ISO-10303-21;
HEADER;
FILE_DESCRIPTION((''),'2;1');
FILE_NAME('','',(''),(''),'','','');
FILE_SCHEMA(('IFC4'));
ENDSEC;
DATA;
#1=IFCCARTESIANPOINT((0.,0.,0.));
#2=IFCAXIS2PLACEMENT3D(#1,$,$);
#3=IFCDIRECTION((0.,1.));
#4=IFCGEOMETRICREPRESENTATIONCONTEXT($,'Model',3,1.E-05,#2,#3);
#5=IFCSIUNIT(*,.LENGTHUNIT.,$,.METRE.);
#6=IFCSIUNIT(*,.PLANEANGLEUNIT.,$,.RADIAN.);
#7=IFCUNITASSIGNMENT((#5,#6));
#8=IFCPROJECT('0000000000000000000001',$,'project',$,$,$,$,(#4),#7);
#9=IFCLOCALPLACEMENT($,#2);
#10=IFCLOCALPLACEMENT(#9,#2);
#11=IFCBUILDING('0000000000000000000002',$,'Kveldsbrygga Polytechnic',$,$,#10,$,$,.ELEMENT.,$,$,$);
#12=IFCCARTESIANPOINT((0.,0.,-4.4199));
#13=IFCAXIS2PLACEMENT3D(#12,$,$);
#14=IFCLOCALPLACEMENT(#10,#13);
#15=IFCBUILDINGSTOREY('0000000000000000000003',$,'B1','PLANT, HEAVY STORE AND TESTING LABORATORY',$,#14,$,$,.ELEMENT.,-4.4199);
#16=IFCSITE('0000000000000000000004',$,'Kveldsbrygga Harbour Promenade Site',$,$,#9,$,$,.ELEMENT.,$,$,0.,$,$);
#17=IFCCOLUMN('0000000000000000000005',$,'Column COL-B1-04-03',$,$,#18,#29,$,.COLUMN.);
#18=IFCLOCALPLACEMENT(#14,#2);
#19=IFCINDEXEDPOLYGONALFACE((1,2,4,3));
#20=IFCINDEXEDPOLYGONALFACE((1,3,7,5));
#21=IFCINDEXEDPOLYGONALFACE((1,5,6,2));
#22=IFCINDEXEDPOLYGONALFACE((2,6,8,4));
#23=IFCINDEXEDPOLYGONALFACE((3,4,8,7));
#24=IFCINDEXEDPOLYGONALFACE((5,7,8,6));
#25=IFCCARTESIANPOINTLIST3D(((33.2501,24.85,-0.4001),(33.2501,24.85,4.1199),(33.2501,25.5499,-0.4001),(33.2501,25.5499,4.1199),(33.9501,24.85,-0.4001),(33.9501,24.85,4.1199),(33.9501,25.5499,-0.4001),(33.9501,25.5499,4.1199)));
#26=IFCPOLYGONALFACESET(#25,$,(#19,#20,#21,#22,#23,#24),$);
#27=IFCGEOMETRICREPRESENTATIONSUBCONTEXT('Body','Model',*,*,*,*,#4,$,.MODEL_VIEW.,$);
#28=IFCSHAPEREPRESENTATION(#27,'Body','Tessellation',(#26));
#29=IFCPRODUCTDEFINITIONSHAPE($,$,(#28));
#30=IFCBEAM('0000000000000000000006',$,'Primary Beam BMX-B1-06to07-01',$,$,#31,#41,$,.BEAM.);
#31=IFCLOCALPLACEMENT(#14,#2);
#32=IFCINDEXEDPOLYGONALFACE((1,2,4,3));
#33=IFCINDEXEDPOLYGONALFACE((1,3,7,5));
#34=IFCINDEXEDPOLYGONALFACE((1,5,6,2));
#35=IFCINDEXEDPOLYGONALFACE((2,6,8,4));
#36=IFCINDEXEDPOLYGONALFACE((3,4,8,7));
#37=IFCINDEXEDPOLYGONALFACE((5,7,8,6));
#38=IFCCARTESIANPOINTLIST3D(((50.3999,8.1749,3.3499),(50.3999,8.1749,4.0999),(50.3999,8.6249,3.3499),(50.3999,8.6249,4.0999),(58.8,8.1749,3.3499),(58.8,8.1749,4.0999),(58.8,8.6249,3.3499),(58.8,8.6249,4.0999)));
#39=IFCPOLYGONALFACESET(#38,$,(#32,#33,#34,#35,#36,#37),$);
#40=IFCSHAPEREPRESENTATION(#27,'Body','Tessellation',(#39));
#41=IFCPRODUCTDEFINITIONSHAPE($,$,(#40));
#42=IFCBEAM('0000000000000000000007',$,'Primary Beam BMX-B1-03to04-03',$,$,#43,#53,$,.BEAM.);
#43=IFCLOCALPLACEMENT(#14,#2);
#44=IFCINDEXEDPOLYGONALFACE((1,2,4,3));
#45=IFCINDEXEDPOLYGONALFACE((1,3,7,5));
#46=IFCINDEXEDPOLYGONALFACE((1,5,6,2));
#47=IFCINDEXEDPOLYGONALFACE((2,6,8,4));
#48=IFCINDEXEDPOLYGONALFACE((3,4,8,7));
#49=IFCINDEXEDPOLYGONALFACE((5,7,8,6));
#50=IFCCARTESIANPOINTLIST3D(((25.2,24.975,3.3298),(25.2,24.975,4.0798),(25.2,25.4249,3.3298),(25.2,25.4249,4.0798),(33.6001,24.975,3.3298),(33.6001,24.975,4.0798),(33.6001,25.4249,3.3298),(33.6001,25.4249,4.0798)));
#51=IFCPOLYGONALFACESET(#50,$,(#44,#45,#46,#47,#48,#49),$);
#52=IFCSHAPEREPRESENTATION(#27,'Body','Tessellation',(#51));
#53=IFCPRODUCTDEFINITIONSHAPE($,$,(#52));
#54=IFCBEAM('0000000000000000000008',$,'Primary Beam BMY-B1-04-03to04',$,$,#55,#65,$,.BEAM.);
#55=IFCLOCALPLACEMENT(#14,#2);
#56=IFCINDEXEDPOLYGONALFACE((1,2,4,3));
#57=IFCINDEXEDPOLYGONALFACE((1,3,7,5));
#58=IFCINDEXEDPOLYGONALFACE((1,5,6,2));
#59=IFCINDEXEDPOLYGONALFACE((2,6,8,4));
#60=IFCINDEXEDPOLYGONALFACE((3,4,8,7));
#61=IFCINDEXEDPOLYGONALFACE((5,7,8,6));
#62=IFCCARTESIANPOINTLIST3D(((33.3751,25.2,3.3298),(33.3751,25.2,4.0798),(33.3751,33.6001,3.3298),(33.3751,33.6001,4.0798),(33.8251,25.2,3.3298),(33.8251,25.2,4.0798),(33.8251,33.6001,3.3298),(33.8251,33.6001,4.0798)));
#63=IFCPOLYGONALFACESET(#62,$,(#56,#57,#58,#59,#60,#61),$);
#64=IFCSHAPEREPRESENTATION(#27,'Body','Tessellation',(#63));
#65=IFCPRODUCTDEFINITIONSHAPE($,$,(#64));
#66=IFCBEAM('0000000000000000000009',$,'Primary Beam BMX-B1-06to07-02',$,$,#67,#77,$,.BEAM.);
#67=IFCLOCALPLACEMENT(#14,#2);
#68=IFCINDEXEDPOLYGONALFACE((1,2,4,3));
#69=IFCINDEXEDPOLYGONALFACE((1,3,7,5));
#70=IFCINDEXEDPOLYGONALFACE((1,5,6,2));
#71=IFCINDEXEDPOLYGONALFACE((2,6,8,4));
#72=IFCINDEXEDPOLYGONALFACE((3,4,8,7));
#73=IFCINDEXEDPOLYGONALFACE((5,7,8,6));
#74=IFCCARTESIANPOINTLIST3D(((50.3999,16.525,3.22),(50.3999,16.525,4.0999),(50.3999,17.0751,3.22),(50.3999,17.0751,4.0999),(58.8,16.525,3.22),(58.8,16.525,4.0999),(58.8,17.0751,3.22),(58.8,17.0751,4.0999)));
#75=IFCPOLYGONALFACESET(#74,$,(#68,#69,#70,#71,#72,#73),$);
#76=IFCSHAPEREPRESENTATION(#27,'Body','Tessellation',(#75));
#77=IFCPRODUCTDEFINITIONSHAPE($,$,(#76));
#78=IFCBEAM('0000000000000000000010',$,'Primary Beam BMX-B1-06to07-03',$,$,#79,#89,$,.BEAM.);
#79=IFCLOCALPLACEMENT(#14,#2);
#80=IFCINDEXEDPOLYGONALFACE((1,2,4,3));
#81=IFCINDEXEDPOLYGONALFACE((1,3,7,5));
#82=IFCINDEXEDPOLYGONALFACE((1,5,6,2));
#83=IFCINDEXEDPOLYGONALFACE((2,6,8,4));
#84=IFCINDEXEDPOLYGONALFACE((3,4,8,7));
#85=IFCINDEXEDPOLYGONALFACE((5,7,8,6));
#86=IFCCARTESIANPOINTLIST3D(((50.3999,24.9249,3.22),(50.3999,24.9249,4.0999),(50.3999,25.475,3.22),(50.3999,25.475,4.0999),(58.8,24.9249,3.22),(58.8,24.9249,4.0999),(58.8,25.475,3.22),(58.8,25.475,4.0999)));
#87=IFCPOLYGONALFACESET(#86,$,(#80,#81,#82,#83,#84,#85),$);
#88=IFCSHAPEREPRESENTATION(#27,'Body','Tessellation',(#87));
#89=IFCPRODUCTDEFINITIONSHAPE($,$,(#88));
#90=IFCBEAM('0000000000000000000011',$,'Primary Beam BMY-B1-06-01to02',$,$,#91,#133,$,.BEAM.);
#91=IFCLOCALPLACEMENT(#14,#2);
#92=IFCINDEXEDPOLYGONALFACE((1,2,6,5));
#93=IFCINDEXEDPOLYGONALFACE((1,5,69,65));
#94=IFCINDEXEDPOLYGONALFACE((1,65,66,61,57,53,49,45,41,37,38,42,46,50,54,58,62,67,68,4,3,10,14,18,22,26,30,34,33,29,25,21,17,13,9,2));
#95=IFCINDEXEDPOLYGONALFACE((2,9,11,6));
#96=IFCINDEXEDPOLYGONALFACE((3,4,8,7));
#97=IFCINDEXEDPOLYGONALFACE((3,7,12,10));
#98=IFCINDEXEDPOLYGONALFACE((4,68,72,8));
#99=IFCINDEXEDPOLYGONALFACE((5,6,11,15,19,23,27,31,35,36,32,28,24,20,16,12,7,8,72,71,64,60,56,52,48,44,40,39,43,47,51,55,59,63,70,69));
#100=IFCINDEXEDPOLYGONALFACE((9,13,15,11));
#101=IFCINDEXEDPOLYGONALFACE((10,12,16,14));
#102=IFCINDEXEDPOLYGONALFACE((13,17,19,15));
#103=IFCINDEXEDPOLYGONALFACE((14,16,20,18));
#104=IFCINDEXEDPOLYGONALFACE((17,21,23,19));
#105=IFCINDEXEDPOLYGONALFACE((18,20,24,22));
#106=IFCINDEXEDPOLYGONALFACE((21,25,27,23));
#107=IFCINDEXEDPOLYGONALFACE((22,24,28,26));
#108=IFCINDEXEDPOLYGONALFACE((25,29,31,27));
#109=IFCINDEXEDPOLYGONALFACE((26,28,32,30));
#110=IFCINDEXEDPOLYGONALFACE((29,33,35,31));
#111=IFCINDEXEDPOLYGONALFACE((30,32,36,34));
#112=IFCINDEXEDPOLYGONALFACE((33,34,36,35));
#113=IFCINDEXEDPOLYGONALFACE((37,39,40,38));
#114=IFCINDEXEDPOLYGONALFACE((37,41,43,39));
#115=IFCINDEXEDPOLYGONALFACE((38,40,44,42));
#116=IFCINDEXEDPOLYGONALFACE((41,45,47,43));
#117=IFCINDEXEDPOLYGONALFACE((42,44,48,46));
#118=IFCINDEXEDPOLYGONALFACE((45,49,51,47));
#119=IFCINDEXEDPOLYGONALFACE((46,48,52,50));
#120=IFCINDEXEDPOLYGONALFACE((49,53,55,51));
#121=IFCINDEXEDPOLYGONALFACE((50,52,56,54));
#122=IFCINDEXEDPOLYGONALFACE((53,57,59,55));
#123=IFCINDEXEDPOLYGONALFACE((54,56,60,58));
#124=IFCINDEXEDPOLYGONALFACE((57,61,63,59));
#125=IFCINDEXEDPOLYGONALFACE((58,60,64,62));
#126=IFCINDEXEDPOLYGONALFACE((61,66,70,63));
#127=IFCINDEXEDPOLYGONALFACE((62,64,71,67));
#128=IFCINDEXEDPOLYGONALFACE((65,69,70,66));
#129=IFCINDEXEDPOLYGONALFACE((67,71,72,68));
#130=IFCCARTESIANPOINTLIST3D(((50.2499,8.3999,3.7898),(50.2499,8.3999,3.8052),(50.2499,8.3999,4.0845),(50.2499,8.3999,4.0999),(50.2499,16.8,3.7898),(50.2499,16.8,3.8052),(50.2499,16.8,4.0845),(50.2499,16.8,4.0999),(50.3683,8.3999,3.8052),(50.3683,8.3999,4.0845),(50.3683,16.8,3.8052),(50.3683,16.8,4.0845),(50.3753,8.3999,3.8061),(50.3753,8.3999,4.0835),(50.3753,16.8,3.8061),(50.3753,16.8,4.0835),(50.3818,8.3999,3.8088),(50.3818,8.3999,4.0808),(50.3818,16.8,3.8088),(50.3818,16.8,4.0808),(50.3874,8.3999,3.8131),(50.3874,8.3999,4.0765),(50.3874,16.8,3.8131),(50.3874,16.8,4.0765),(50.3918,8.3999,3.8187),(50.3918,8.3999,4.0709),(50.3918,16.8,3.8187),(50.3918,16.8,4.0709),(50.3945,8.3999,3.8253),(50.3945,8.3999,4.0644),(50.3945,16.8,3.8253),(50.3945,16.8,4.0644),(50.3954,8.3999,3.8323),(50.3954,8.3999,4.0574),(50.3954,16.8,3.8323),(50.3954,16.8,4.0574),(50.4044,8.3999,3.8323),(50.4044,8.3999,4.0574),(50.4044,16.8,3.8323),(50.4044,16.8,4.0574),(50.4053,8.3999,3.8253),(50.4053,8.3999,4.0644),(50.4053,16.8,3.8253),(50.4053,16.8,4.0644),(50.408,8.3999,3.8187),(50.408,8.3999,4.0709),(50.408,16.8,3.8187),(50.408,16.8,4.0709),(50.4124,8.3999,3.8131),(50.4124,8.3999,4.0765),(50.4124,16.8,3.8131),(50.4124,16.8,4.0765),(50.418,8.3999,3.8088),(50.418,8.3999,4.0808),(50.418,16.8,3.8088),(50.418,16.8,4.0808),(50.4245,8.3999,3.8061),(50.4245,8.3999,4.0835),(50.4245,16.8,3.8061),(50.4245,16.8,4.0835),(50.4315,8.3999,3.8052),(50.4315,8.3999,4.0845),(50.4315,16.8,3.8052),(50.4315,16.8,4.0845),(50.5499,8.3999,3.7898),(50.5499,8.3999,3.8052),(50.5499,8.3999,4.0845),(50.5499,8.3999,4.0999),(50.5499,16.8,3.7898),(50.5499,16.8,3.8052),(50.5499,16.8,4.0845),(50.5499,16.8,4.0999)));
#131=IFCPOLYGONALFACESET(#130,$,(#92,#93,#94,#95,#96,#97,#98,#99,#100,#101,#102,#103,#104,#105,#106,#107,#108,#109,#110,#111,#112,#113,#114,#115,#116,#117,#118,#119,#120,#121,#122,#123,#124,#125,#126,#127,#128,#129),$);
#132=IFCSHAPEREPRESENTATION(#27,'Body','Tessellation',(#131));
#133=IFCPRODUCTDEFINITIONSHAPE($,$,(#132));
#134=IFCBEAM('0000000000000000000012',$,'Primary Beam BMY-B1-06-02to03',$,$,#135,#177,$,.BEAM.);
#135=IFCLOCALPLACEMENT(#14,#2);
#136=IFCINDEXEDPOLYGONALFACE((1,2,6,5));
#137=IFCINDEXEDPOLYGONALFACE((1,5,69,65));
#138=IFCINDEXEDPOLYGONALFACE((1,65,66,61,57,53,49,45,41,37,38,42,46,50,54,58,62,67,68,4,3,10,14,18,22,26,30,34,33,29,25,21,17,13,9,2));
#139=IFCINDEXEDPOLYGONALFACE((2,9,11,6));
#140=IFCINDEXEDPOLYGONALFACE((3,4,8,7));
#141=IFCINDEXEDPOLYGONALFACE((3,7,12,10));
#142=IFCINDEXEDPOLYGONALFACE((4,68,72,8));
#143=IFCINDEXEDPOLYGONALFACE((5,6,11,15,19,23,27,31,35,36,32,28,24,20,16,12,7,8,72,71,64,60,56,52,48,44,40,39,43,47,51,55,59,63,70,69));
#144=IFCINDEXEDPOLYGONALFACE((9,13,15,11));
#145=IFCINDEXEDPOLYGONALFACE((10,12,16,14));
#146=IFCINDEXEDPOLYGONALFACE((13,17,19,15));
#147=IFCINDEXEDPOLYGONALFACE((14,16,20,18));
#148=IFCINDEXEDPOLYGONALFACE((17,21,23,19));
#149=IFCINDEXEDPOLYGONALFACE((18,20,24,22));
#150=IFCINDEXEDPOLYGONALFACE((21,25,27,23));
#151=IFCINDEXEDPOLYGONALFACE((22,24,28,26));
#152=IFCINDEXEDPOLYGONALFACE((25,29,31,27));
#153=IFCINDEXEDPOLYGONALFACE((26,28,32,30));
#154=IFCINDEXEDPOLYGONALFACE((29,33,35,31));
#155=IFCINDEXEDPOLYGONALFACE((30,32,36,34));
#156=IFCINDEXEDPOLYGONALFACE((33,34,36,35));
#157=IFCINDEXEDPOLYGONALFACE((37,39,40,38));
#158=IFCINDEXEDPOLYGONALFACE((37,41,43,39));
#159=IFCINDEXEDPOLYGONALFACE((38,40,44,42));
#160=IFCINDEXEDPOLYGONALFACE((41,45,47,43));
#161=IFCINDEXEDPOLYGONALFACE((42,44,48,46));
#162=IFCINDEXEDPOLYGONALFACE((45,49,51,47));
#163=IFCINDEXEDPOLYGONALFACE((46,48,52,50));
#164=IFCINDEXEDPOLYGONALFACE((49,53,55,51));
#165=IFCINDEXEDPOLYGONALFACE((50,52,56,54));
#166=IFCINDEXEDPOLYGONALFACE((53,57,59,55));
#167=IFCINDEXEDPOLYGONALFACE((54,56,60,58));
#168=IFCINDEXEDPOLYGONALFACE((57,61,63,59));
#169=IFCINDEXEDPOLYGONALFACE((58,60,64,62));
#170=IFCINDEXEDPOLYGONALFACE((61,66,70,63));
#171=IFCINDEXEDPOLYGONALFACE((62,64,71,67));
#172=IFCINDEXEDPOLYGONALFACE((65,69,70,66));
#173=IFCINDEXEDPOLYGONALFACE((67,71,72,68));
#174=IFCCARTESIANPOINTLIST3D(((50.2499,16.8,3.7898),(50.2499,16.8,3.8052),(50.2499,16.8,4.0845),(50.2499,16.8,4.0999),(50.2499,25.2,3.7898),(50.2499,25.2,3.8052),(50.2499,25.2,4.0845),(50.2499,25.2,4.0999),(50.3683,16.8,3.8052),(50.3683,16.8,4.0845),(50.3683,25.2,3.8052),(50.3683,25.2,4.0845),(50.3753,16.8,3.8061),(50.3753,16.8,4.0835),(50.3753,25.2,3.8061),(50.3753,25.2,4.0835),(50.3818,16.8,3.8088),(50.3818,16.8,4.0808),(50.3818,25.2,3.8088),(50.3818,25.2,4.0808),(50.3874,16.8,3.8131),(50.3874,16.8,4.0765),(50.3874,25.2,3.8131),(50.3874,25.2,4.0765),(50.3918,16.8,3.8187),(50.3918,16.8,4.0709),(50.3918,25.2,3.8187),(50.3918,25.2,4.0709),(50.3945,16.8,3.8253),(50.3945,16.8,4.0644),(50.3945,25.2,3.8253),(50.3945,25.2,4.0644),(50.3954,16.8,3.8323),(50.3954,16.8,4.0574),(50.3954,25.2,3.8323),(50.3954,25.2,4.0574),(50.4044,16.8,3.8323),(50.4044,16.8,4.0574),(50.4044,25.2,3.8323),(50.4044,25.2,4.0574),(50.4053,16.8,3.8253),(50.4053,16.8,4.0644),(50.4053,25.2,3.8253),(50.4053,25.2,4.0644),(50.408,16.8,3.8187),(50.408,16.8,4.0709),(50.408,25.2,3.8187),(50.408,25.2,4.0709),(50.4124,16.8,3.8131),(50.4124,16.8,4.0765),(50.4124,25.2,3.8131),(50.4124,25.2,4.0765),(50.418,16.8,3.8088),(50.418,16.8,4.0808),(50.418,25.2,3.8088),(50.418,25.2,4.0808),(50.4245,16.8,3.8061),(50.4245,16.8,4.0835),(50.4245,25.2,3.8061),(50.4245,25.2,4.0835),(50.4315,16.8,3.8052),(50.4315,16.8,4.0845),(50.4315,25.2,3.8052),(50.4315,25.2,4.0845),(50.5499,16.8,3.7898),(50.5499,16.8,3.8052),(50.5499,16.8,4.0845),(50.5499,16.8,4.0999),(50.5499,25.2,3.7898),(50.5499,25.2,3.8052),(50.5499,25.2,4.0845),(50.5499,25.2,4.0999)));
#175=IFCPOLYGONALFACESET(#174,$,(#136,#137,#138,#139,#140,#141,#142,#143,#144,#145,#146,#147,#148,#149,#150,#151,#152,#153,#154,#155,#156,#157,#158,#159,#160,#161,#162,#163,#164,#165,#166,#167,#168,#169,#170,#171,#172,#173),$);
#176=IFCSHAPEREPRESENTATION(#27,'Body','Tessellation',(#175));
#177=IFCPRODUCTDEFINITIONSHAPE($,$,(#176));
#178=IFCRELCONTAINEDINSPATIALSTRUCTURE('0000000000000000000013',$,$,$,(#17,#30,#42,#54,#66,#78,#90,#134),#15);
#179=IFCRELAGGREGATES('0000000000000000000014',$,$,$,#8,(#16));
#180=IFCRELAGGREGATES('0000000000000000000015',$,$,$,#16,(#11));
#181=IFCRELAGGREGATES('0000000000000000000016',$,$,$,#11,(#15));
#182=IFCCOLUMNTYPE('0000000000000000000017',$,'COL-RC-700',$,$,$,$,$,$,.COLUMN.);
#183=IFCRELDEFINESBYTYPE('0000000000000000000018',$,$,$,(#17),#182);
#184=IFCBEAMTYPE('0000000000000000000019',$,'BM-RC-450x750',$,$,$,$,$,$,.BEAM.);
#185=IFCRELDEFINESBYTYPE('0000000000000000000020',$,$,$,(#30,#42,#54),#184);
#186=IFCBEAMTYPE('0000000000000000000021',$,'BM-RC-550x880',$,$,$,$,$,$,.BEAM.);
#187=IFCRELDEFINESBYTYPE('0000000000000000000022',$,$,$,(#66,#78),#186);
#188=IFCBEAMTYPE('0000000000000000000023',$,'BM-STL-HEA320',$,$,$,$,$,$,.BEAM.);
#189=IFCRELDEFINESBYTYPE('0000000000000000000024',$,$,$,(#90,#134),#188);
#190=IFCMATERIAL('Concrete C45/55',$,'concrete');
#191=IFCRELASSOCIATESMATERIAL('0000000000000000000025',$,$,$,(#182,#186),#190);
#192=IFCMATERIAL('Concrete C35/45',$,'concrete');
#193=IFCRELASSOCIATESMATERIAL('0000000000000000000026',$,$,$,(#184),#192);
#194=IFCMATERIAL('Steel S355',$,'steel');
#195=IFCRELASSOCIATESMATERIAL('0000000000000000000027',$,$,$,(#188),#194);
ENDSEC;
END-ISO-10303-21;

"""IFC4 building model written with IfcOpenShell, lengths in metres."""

from ifc_helpers import new_model, si_unit, direction, frame, origin, origin_2d, place, context, subcontext, project, spatial, rectangle, i_section, extrude, material, material_profile, profile_set, type_object, element, save


model = new_model("IFC4")

# Units and contexts
model_context = context("Model", 3, precision=1e-05, world=origin(), true_north=direction((0.0, 1.0)))
body_context = subcontext(model_context, "Body", "Model", "MODEL_VIEW")
ifc_project = project(units=[si_unit("LENGTHUNIT", "METRE"), si_unit("PLANEANGLEUNIT", "RADIAN")], contexts=[model_context])

# Site, building, storey
site_placement = place(None, origin())
site = spatial("IfcSite", under=ifc_project, at=site_placement, Name="Kveldsbrygga Harbour Promenade Site", CompositionType="ELEMENT", RefElevation=0.0)
building_placement = place(site_placement, origin())
building = spatial("IfcBuilding", under=site, at=building_placement, Name="Kveldsbrygga Polytechnic", CompositionType="ELEMENT")
storey_placement = place(building_placement, frame((0.0, 0.0, -4.4199)))
storey = spatial("IfcBuildingStorey", under=building, at=storey_placement, Name="B1", Description="PLANT, HEAVY STORE AND TESTING LABORATORY", CompositionType="ELEMENT", Elevation=-4.4199)

# Shared definitions
ifc_material_1 = material(Name="Concrete C45/55", Category="concrete")

# Column
ifc_material_profile_1 = material_profile(ifc_material_1, rectangle(XDim=0.7, YDim=0.7, at=origin_2d()), Name="RC 700x700")
ifc_profile_set_1 = profile_set([ifc_material_profile_1], Name="Concrete C45/55")
column_type_1 = type_object("IfcColumnType", Name="COL-RC-700", PredefinedType="COLUMN", material=ifc_profile_set_1)
column_placement = place(storey_placement, frame((33.6001, 25.2, -0.4001), z_axis=(0.0, 0.0, 1.0), x_axis=(1.0, 0.0, 0.0)))
element("IfcColumn", 1, at=column_placement, inside=storey, type_object=column_type_1, Name="Column COL-B1-04-03", PredefinedType="COLUMN", context=body_context, shape_type="SweptSolid", body=[
    extrude(rectangle(XDim=0.7, YDim=0.7, at=origin_2d()), origin(), (0.0, 0.0, 1.0), 4.52),
])

# Beams
ifc_material_2 = material(Name="Concrete C35/45", Category="concrete")
ifc_material_profile_2 = material_profile(ifc_material_2, rectangle(XDim=0.45, YDim=0.75, at=origin_2d()), Name="RC 450x750")
ifc_profile_set_2 = profile_set([ifc_material_profile_2], Name="Concrete C35/45")
beam_type_1 = type_object("IfcBeamType", Name="BM-RC-450x750", PredefinedType="BEAM", material=ifc_profile_set_2)
for number, where, z_axis, x_axis, name in (
    (2, (50.3999, 8.3999, 3.7249), (1.0, 0.0, 0.0), (0.0, 1.0, 0.0), "Primary Beam BMX-B1-06to07-01"),
    (3, (25.2, 25.2, 3.7048), (1.0, 0.0, 0.0), (0.0, 1.0, 0.0), "Primary Beam BMX-B1-03to04-03"),
    (4, (33.6001, 25.2, 3.7048), (0.0, 1.0, 0.0), (-1.0, 0.0, 0.0), "Primary Beam BMY-B1-04-03to04"),
):
    element("IfcBeam", number, at=place(storey_placement, frame(where, z_axis=z_axis, x_axis=x_axis)), inside=storey, type_object=beam_type_1, Name=name, PredefinedType="BEAM", context=body_context, shape_type="SweptSolid", body=[
        extrude(rectangle(XDim=0.45, YDim=0.75, at=origin_2d()), origin(), (0.0, 0.0, 1.0), 8.4001),
    ])
ifc_material_profile_3 = material_profile(ifc_material_1, rectangle(XDim=0.55, YDim=0.8799, at=origin_2d()), Name="RC 550x880")
ifc_profile_set_3 = profile_set([ifc_material_profile_3], Name="Concrete C45/55")
beam_type_2 = type_object("IfcBeamType", Name="BM-RC-550x880", PredefinedType="BEAM", material=ifc_profile_set_3)
for number, where, z_axis, x_axis, name in (
    (5, (50.3999, 16.8, 3.6599), (1.0, 0.0, 0.0), (0.0, 1.0, 0.0), "Primary Beam BMX-B1-06to07-02"),
    (6, (50.3999, 25.2, 3.6599), (1.0, 0.0, 0.0), (0.0, 1.0, 0.0), "Primary Beam BMX-B1-06to07-03"),
):
    element("IfcBeam", number, at=place(storey_placement, frame(where, z_axis=z_axis, x_axis=x_axis)), inside=storey, type_object=beam_type_2, Name=name, PredefinedType="BEAM", context=body_context, shape_type="SweptSolid", body=[
        extrude(rectangle(XDim=0.55, YDim=0.8799, at=origin_2d()), origin(), (0.0, 0.0, 1.0), 8.4001),
    ])
ifc_material_3 = material(Name="Steel S355", Category="steel")
ifc_material_profile_4 = material_profile(ifc_material_3, i_section(OverallWidth=0.3, OverallDepth=0.3101, WebThickness=0.009, FlangeThickness=0.0154, FilletRadius=0.0271, at=origin_2d()), Name="HEA 320")
ifc_profile_set_4 = profile_set([ifc_material_profile_4], Name="Steel S355")
beam_type_3 = type_object("IfcBeamType", Name="BM-STL-HEA320", PredefinedType="BEAM", material=ifc_profile_set_4)
beam_1_placement = place(storey_placement, frame((50.3999, 8.3999, 3.9448), z_axis=(0.0, 1.0, 0.0), x_axis=(-1.0, 0.0, 0.0)))
element("IfcBeam", 7, at=beam_1_placement, inside=storey, type_object=beam_type_3, Name="Primary Beam BMY-B1-06-01to02", PredefinedType="BEAM", context=body_context, shape_type="SweptSolid", body=[
    extrude(i_section(OverallWidth=0.3, OverallDepth=0.3101, WebThickness=0.009, FlangeThickness=0.0154, FilletRadius=0.0271, at=origin_2d()), origin(), (0.0, 0.0, 1.0), 8.4001),
])
beam_2_placement = place(storey_placement, frame((50.3999, 16.8, 3.9448), z_axis=(0.0, 1.0, 0.0), x_axis=(-1.0, 0.0, 0.0)))
element("IfcBeam", 8, at=beam_2_placement, inside=storey, type_object=beam_type_3, Name="Primary Beam BMY-B1-06-02to03", PredefinedType="BEAM", context=body_context, shape_type="SweptSolid", body=[
    extrude(i_section(OverallWidth=0.3, OverallDepth=0.3101, WebThickness=0.009, FlangeThickness=0.0154, FilletRadius=0.0271, at=origin_2d()), origin(), (0.0, 0.0, 1.0), 8.3999),
])

save(model, "model.ifc")
